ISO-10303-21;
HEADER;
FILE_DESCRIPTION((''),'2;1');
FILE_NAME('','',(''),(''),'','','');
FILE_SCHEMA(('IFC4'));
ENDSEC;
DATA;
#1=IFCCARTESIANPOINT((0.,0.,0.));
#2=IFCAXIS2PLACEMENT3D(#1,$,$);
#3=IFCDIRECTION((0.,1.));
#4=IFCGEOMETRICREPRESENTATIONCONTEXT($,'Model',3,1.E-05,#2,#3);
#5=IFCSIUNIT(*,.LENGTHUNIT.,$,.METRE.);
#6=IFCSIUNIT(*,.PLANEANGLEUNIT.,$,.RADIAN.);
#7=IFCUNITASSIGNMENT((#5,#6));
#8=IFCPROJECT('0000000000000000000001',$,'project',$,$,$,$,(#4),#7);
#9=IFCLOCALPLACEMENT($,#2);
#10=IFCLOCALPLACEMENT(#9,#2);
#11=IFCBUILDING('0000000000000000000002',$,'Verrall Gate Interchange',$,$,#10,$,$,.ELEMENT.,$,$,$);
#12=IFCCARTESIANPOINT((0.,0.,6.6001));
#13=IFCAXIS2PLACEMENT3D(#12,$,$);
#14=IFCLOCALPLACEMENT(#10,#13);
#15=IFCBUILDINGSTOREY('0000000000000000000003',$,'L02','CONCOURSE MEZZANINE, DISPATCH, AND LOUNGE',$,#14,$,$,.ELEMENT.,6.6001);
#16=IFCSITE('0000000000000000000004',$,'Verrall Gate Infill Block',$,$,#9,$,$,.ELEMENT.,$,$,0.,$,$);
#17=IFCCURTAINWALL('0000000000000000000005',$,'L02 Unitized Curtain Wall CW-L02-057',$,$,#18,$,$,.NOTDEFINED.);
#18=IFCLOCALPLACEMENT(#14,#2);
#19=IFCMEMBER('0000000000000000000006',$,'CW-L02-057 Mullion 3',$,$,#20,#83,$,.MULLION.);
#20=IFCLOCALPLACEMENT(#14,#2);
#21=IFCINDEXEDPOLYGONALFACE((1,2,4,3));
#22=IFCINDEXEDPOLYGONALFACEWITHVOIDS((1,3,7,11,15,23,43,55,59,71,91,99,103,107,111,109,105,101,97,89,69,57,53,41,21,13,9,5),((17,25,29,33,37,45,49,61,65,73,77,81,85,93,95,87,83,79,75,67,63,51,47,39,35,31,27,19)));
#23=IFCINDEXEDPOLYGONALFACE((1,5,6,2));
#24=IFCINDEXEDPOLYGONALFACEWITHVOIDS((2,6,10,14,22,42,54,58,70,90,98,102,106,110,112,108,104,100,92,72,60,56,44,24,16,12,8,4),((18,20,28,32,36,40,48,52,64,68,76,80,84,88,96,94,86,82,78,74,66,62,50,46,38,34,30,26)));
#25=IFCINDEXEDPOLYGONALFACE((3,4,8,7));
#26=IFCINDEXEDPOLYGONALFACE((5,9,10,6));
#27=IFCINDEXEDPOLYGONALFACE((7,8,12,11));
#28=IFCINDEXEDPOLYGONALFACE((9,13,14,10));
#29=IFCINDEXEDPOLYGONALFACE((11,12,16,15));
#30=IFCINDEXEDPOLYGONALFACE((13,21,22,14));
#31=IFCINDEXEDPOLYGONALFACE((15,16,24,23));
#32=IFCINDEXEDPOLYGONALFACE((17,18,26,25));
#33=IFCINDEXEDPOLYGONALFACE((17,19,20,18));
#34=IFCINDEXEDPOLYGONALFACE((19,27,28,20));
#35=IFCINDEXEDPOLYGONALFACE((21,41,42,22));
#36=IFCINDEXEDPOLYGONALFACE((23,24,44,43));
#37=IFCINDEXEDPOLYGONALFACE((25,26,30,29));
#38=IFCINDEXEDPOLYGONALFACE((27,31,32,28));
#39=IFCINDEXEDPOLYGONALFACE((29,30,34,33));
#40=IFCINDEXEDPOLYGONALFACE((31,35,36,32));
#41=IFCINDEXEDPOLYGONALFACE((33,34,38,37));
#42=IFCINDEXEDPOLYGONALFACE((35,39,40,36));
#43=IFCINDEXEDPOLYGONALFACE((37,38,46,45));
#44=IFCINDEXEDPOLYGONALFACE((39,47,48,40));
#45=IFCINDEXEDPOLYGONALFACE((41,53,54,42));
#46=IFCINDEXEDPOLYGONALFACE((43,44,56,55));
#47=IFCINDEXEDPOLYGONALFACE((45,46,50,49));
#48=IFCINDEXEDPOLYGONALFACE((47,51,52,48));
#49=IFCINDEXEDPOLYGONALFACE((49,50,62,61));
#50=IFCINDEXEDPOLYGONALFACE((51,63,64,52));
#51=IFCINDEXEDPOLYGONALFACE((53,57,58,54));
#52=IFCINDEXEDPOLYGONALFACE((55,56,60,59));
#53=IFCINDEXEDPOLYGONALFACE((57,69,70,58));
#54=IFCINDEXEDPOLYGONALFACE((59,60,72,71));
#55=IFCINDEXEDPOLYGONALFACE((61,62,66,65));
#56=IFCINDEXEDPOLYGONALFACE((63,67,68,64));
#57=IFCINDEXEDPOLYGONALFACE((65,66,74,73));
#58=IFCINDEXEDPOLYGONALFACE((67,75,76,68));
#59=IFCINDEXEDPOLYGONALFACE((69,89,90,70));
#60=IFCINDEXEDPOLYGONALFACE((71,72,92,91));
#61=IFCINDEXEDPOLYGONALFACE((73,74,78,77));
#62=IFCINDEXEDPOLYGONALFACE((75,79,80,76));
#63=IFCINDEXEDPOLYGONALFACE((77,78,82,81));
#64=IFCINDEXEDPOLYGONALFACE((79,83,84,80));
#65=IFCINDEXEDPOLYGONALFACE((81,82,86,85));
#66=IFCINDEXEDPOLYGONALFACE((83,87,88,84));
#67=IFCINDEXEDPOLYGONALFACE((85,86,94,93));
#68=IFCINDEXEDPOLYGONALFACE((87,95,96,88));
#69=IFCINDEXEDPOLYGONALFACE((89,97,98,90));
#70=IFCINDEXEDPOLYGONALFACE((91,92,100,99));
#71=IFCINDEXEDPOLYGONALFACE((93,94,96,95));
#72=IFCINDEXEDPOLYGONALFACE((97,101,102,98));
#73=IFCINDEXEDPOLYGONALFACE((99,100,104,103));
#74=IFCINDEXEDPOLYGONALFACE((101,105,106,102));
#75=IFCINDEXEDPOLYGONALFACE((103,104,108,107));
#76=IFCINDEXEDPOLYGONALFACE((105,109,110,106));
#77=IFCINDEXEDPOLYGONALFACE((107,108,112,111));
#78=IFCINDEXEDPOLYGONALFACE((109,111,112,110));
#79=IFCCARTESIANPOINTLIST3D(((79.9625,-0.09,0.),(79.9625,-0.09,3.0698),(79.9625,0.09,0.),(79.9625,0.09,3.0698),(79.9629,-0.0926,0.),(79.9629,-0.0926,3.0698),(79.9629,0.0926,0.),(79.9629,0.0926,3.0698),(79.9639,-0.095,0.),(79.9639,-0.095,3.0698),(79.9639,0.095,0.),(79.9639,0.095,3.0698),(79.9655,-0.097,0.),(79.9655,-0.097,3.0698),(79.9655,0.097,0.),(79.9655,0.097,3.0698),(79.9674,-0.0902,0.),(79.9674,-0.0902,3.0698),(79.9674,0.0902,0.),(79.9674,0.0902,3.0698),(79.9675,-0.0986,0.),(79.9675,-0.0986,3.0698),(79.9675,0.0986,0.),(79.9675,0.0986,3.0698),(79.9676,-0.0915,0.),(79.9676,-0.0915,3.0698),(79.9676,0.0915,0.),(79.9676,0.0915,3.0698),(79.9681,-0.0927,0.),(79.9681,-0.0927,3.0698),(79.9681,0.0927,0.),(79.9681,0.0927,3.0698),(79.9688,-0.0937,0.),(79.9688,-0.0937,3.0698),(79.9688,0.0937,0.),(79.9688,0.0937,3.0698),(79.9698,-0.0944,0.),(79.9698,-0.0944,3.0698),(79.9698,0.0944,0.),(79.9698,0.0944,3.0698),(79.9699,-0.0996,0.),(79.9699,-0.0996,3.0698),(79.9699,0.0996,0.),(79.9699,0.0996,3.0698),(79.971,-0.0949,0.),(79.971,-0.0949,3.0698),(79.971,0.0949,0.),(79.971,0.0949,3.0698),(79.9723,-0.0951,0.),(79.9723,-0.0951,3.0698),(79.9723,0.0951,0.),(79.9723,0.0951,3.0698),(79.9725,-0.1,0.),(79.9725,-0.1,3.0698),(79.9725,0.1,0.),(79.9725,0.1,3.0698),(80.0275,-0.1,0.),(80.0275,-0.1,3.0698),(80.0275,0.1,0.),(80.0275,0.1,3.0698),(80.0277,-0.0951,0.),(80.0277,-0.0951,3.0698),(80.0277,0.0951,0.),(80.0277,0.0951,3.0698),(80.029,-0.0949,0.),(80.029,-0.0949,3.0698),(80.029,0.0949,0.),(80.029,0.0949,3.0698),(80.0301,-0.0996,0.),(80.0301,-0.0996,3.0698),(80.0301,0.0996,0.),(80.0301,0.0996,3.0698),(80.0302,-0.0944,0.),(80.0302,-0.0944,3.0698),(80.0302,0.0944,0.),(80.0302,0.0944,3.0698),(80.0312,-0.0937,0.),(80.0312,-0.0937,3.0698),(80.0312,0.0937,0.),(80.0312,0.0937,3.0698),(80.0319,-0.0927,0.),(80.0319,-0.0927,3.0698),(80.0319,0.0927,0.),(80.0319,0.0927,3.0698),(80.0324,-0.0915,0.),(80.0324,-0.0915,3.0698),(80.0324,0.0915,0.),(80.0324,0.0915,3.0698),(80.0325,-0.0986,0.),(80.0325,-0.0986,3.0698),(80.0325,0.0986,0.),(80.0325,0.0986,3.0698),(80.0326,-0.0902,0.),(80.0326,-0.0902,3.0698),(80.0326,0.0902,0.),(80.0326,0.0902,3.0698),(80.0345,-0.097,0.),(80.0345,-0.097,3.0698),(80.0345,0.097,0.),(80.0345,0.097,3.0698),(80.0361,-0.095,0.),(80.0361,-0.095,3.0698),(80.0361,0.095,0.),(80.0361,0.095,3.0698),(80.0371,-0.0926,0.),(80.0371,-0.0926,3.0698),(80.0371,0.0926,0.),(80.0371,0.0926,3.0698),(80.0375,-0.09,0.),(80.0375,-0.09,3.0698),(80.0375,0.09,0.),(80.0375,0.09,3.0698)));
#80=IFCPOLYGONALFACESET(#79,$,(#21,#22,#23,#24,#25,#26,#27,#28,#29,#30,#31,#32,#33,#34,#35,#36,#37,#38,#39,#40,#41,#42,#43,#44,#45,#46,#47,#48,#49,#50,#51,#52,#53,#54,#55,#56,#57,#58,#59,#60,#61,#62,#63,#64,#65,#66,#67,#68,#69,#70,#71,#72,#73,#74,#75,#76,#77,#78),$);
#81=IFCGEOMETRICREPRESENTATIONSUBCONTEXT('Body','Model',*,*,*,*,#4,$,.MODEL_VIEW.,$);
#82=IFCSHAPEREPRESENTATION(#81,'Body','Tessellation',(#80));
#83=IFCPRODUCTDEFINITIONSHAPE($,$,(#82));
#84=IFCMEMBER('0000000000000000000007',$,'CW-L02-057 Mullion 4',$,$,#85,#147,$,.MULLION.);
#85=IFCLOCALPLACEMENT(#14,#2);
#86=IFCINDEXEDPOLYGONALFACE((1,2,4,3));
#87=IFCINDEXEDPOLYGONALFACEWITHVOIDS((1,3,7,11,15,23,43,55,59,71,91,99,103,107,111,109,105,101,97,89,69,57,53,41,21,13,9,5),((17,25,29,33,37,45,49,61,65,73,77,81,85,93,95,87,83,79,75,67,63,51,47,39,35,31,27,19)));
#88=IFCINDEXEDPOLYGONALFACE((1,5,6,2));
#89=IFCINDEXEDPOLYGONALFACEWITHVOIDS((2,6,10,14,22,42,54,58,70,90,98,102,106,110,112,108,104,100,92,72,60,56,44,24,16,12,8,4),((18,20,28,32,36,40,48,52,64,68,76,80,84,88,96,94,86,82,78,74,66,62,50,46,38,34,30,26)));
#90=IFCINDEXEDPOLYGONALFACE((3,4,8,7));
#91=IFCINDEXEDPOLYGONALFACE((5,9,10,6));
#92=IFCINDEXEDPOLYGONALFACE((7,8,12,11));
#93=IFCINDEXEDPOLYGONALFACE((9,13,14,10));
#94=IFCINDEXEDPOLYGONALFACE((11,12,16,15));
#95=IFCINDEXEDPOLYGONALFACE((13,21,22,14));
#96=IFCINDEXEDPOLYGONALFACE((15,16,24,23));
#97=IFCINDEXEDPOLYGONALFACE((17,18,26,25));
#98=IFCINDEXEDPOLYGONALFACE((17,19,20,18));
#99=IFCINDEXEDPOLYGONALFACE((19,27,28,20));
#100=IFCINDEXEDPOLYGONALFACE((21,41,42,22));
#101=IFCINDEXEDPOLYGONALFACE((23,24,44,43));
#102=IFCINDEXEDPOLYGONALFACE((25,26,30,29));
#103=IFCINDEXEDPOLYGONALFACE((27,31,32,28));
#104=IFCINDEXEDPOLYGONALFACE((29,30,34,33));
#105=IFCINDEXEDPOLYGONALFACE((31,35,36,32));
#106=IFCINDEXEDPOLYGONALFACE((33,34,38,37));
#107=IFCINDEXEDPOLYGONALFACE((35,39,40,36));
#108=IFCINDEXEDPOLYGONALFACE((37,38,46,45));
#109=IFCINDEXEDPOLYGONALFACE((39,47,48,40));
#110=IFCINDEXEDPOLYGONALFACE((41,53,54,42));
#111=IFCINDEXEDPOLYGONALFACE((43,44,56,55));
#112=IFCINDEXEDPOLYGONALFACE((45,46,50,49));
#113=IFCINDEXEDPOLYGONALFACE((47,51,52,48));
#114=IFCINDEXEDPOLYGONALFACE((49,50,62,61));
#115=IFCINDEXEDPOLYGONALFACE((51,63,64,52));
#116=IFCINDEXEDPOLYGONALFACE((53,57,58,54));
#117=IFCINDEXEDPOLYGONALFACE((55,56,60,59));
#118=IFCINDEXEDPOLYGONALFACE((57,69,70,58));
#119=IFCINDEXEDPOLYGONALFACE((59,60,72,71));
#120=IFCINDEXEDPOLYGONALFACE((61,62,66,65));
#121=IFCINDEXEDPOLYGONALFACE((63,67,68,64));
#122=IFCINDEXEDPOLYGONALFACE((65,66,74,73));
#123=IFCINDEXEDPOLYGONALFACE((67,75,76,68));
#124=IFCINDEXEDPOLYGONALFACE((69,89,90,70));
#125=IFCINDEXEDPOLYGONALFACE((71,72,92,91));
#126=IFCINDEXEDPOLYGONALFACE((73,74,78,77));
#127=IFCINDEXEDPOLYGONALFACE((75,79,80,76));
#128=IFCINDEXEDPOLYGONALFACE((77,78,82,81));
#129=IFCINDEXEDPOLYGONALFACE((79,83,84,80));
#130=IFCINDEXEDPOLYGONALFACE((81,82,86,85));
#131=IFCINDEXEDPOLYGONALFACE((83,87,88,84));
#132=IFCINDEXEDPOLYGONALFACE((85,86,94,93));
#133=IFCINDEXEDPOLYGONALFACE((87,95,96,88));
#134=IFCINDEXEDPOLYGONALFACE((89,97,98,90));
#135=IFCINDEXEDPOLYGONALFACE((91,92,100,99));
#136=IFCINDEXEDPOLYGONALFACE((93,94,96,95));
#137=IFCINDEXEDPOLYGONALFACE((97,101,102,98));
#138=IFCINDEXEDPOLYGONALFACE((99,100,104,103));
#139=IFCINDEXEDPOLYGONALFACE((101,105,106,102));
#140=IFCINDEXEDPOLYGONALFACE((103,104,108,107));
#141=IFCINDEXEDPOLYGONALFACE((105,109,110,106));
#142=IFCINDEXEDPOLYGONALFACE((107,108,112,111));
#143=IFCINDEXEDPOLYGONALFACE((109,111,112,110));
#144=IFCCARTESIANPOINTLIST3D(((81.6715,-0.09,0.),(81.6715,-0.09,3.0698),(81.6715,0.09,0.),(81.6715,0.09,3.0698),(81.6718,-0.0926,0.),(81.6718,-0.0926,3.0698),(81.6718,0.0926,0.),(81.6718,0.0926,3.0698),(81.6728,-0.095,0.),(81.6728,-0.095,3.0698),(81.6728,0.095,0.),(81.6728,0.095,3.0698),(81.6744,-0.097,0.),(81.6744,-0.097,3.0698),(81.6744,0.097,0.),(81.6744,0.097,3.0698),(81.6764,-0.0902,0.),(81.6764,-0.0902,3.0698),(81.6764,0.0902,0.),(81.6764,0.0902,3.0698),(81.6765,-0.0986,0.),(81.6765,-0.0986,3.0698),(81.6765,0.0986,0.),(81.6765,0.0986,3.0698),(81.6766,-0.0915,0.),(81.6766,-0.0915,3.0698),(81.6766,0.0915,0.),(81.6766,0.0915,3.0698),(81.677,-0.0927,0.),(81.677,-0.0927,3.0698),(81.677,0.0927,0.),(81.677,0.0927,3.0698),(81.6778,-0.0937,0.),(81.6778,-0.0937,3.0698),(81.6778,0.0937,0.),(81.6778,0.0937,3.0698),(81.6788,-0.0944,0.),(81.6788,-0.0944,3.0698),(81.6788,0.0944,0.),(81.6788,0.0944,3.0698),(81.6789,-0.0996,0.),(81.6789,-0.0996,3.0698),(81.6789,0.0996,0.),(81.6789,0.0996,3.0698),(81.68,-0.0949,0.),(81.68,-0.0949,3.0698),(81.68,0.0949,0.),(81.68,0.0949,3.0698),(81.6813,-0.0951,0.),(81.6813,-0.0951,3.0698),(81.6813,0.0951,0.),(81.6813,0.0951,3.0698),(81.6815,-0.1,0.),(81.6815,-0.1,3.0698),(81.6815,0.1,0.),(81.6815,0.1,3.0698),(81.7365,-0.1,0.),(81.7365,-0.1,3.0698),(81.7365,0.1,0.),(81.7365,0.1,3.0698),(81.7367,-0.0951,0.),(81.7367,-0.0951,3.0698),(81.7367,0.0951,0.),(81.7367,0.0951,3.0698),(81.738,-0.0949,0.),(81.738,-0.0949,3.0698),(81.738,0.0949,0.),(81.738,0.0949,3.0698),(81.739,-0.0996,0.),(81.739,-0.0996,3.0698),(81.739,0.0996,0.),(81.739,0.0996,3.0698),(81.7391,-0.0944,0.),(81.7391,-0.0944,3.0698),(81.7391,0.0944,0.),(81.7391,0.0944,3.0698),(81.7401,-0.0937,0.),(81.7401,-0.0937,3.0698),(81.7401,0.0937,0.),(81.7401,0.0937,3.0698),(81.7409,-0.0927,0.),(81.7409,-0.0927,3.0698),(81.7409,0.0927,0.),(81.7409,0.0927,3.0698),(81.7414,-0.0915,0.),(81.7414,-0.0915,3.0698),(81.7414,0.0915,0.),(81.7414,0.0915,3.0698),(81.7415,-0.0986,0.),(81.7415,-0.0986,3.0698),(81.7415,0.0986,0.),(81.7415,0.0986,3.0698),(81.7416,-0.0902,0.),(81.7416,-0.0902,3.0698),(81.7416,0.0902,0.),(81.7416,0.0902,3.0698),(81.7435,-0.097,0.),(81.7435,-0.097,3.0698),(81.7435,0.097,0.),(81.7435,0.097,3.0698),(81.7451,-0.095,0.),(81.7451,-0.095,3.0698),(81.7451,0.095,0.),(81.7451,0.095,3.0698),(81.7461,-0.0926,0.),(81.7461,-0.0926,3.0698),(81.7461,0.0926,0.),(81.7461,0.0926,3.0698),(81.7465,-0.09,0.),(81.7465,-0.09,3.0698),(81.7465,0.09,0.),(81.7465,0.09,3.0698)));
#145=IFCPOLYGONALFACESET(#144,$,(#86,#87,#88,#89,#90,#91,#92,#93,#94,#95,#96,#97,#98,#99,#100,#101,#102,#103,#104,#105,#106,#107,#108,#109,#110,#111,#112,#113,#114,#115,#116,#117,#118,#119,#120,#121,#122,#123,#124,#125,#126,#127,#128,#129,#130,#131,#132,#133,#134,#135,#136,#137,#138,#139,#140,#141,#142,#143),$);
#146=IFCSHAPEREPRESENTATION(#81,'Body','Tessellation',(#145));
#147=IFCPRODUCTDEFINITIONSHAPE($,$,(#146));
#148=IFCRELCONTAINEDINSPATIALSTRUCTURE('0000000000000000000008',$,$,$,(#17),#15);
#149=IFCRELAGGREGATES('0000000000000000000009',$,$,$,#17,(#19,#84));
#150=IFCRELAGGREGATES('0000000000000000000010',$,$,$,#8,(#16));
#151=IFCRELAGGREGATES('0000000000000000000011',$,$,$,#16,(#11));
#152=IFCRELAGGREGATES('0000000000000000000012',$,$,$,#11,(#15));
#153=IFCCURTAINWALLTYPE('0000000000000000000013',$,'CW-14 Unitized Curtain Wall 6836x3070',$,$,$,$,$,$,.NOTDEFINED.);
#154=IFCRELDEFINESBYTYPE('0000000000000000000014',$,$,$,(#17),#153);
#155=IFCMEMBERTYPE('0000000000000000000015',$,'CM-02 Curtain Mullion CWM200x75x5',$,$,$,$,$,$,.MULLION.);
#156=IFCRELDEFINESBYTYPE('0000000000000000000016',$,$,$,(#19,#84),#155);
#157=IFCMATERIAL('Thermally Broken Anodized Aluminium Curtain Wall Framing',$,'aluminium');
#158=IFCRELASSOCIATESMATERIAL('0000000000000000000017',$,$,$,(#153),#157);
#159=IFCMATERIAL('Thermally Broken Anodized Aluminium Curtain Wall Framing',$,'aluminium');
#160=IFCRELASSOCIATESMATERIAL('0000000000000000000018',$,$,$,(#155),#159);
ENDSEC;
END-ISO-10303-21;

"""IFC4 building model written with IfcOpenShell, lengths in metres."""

from ifc_helpers import new_model, si_unit, direction, frame, origin, origin_2d, place, context, subcontext, project, spatial, hollow_rectangle, extrude, material, material_profile, profile_set, type_object, element, aggregate, save


model = new_model("IFC4")

# Units and contexts
model_context = context("Model", 3, precision=1e-05, world=origin(), true_north=direction((0.0, 1.0)))
body_context = subcontext(model_context, "Body", "Model", "MODEL_VIEW")
ifc_project = project(units=[si_unit("LENGTHUNIT", "METRE"), si_unit("PLANEANGLEUNIT", "RADIAN")], contexts=[model_context])

# Site, building, storey
site_placement = place(None, origin())
site = spatial("IfcSite", under=ifc_project, at=site_placement, Name="Verrall Gate Infill Block", CompositionType="ELEMENT", RefElevation=0.0)
building_placement = place(site_placement, origin())
building = spatial("IfcBuilding", under=site, at=building_placement, Name="Verrall Gate Interchange", CompositionType="ELEMENT")
storey_placement = place(building_placement, frame((0.0, 0.0, 6.6001)))
storey = spatial("IfcBuildingStorey", under=building, at=storey_placement, Name="L02", Description="CONCOURSE MEZZANINE, DISPATCH, AND LOUNGE", CompositionType="ELEMENT", Elevation=6.6001)

# Curtain wall, members
ifc_material_1 = material(Name="Thermally Broken Anodized Aluminium Curtain Wall Framing", Category="aluminium")
curtain_wall_type = type_object("IfcCurtainWallType", Name="CW-14 Unitized Curtain Wall 6836x3070", PredefinedType="NOTDEFINED", material=ifc_material_1)
curtain_wall_1_placement = place(storey_placement, origin())
curtain_wall_1 = element("IfcCurtainWall", 1, at=curtain_wall_1_placement, inside=storey, type_object=curtain_wall_type, Name="L02 Unitized Curtain Wall CW-L02-057", PredefinedType="NOTDEFINED")
ifc_material_2 = material(Name="Thermally Broken Anodized Aluminium Curtain Wall Framing", Category="aluminium")
ifc_material_profile_1 = material_profile(ifc_material_2, hollow_rectangle(XDim=0.075, YDim=0.2, WallThickness=0.0049, InnerFilletRadius=0.0049, OuterFilletRadius=0.01, at=origin_2d()), Name="CWM200x75x5")
ifc_profile_set_1 = profile_set([ifc_material_profile_1], Name="Thermally Broken Anodized Aluminium Curtain Wall Framing")
member_type_1 = type_object("IfcMemberType", Name="CM-02 Curtain Mullion CWM200x75x5", PredefinedType="MULLION", material=ifc_profile_set_1)
member_1_placement = place(storey_placement, frame((80.0, 0.0, 0.0), z_axis=(0.0, 0.0, 1.0), x_axis=(1.0, 0.0, 0.0)))
member_1 = element("IfcMember", 2, at=member_1_placement, type_object=member_type_1, Name="CW-L02-057 Mullion 3", PredefinedType="MULLION", context=body_context, shape_type="SweptSolid", body=[
    extrude(hollow_rectangle(XDim=0.075, YDim=0.2, WallThickness=0.0049, InnerFilletRadius=0.0049, OuterFilletRadius=0.01, at=origin_2d()), origin(), (0.0, 0.0, 1.0), 3.0698),
])
member_2_placement = place(storey_placement, frame((81.709, 0.0, 0.0), z_axis=(0.0, 0.0, 1.0), x_axis=(1.0, 0.0, 0.0)))
member_2 = element("IfcMember", 3, at=member_2_placement, type_object=member_type_1, Name="CW-L02-057 Mullion 4", PredefinedType="MULLION", context=body_context, shape_type="SweptSolid", body=[
    extrude(hollow_rectangle(XDim=0.075, YDim=0.2, WallThickness=0.0049, InnerFilletRadius=0.0049, OuterFilletRadius=0.01, at=origin_2d()), origin(), (0.0, 0.0, 1.0), 3.0698),
])

aggregate(curtain_wall_1, [member_1, member_2])

save(model, "model.ifc")
